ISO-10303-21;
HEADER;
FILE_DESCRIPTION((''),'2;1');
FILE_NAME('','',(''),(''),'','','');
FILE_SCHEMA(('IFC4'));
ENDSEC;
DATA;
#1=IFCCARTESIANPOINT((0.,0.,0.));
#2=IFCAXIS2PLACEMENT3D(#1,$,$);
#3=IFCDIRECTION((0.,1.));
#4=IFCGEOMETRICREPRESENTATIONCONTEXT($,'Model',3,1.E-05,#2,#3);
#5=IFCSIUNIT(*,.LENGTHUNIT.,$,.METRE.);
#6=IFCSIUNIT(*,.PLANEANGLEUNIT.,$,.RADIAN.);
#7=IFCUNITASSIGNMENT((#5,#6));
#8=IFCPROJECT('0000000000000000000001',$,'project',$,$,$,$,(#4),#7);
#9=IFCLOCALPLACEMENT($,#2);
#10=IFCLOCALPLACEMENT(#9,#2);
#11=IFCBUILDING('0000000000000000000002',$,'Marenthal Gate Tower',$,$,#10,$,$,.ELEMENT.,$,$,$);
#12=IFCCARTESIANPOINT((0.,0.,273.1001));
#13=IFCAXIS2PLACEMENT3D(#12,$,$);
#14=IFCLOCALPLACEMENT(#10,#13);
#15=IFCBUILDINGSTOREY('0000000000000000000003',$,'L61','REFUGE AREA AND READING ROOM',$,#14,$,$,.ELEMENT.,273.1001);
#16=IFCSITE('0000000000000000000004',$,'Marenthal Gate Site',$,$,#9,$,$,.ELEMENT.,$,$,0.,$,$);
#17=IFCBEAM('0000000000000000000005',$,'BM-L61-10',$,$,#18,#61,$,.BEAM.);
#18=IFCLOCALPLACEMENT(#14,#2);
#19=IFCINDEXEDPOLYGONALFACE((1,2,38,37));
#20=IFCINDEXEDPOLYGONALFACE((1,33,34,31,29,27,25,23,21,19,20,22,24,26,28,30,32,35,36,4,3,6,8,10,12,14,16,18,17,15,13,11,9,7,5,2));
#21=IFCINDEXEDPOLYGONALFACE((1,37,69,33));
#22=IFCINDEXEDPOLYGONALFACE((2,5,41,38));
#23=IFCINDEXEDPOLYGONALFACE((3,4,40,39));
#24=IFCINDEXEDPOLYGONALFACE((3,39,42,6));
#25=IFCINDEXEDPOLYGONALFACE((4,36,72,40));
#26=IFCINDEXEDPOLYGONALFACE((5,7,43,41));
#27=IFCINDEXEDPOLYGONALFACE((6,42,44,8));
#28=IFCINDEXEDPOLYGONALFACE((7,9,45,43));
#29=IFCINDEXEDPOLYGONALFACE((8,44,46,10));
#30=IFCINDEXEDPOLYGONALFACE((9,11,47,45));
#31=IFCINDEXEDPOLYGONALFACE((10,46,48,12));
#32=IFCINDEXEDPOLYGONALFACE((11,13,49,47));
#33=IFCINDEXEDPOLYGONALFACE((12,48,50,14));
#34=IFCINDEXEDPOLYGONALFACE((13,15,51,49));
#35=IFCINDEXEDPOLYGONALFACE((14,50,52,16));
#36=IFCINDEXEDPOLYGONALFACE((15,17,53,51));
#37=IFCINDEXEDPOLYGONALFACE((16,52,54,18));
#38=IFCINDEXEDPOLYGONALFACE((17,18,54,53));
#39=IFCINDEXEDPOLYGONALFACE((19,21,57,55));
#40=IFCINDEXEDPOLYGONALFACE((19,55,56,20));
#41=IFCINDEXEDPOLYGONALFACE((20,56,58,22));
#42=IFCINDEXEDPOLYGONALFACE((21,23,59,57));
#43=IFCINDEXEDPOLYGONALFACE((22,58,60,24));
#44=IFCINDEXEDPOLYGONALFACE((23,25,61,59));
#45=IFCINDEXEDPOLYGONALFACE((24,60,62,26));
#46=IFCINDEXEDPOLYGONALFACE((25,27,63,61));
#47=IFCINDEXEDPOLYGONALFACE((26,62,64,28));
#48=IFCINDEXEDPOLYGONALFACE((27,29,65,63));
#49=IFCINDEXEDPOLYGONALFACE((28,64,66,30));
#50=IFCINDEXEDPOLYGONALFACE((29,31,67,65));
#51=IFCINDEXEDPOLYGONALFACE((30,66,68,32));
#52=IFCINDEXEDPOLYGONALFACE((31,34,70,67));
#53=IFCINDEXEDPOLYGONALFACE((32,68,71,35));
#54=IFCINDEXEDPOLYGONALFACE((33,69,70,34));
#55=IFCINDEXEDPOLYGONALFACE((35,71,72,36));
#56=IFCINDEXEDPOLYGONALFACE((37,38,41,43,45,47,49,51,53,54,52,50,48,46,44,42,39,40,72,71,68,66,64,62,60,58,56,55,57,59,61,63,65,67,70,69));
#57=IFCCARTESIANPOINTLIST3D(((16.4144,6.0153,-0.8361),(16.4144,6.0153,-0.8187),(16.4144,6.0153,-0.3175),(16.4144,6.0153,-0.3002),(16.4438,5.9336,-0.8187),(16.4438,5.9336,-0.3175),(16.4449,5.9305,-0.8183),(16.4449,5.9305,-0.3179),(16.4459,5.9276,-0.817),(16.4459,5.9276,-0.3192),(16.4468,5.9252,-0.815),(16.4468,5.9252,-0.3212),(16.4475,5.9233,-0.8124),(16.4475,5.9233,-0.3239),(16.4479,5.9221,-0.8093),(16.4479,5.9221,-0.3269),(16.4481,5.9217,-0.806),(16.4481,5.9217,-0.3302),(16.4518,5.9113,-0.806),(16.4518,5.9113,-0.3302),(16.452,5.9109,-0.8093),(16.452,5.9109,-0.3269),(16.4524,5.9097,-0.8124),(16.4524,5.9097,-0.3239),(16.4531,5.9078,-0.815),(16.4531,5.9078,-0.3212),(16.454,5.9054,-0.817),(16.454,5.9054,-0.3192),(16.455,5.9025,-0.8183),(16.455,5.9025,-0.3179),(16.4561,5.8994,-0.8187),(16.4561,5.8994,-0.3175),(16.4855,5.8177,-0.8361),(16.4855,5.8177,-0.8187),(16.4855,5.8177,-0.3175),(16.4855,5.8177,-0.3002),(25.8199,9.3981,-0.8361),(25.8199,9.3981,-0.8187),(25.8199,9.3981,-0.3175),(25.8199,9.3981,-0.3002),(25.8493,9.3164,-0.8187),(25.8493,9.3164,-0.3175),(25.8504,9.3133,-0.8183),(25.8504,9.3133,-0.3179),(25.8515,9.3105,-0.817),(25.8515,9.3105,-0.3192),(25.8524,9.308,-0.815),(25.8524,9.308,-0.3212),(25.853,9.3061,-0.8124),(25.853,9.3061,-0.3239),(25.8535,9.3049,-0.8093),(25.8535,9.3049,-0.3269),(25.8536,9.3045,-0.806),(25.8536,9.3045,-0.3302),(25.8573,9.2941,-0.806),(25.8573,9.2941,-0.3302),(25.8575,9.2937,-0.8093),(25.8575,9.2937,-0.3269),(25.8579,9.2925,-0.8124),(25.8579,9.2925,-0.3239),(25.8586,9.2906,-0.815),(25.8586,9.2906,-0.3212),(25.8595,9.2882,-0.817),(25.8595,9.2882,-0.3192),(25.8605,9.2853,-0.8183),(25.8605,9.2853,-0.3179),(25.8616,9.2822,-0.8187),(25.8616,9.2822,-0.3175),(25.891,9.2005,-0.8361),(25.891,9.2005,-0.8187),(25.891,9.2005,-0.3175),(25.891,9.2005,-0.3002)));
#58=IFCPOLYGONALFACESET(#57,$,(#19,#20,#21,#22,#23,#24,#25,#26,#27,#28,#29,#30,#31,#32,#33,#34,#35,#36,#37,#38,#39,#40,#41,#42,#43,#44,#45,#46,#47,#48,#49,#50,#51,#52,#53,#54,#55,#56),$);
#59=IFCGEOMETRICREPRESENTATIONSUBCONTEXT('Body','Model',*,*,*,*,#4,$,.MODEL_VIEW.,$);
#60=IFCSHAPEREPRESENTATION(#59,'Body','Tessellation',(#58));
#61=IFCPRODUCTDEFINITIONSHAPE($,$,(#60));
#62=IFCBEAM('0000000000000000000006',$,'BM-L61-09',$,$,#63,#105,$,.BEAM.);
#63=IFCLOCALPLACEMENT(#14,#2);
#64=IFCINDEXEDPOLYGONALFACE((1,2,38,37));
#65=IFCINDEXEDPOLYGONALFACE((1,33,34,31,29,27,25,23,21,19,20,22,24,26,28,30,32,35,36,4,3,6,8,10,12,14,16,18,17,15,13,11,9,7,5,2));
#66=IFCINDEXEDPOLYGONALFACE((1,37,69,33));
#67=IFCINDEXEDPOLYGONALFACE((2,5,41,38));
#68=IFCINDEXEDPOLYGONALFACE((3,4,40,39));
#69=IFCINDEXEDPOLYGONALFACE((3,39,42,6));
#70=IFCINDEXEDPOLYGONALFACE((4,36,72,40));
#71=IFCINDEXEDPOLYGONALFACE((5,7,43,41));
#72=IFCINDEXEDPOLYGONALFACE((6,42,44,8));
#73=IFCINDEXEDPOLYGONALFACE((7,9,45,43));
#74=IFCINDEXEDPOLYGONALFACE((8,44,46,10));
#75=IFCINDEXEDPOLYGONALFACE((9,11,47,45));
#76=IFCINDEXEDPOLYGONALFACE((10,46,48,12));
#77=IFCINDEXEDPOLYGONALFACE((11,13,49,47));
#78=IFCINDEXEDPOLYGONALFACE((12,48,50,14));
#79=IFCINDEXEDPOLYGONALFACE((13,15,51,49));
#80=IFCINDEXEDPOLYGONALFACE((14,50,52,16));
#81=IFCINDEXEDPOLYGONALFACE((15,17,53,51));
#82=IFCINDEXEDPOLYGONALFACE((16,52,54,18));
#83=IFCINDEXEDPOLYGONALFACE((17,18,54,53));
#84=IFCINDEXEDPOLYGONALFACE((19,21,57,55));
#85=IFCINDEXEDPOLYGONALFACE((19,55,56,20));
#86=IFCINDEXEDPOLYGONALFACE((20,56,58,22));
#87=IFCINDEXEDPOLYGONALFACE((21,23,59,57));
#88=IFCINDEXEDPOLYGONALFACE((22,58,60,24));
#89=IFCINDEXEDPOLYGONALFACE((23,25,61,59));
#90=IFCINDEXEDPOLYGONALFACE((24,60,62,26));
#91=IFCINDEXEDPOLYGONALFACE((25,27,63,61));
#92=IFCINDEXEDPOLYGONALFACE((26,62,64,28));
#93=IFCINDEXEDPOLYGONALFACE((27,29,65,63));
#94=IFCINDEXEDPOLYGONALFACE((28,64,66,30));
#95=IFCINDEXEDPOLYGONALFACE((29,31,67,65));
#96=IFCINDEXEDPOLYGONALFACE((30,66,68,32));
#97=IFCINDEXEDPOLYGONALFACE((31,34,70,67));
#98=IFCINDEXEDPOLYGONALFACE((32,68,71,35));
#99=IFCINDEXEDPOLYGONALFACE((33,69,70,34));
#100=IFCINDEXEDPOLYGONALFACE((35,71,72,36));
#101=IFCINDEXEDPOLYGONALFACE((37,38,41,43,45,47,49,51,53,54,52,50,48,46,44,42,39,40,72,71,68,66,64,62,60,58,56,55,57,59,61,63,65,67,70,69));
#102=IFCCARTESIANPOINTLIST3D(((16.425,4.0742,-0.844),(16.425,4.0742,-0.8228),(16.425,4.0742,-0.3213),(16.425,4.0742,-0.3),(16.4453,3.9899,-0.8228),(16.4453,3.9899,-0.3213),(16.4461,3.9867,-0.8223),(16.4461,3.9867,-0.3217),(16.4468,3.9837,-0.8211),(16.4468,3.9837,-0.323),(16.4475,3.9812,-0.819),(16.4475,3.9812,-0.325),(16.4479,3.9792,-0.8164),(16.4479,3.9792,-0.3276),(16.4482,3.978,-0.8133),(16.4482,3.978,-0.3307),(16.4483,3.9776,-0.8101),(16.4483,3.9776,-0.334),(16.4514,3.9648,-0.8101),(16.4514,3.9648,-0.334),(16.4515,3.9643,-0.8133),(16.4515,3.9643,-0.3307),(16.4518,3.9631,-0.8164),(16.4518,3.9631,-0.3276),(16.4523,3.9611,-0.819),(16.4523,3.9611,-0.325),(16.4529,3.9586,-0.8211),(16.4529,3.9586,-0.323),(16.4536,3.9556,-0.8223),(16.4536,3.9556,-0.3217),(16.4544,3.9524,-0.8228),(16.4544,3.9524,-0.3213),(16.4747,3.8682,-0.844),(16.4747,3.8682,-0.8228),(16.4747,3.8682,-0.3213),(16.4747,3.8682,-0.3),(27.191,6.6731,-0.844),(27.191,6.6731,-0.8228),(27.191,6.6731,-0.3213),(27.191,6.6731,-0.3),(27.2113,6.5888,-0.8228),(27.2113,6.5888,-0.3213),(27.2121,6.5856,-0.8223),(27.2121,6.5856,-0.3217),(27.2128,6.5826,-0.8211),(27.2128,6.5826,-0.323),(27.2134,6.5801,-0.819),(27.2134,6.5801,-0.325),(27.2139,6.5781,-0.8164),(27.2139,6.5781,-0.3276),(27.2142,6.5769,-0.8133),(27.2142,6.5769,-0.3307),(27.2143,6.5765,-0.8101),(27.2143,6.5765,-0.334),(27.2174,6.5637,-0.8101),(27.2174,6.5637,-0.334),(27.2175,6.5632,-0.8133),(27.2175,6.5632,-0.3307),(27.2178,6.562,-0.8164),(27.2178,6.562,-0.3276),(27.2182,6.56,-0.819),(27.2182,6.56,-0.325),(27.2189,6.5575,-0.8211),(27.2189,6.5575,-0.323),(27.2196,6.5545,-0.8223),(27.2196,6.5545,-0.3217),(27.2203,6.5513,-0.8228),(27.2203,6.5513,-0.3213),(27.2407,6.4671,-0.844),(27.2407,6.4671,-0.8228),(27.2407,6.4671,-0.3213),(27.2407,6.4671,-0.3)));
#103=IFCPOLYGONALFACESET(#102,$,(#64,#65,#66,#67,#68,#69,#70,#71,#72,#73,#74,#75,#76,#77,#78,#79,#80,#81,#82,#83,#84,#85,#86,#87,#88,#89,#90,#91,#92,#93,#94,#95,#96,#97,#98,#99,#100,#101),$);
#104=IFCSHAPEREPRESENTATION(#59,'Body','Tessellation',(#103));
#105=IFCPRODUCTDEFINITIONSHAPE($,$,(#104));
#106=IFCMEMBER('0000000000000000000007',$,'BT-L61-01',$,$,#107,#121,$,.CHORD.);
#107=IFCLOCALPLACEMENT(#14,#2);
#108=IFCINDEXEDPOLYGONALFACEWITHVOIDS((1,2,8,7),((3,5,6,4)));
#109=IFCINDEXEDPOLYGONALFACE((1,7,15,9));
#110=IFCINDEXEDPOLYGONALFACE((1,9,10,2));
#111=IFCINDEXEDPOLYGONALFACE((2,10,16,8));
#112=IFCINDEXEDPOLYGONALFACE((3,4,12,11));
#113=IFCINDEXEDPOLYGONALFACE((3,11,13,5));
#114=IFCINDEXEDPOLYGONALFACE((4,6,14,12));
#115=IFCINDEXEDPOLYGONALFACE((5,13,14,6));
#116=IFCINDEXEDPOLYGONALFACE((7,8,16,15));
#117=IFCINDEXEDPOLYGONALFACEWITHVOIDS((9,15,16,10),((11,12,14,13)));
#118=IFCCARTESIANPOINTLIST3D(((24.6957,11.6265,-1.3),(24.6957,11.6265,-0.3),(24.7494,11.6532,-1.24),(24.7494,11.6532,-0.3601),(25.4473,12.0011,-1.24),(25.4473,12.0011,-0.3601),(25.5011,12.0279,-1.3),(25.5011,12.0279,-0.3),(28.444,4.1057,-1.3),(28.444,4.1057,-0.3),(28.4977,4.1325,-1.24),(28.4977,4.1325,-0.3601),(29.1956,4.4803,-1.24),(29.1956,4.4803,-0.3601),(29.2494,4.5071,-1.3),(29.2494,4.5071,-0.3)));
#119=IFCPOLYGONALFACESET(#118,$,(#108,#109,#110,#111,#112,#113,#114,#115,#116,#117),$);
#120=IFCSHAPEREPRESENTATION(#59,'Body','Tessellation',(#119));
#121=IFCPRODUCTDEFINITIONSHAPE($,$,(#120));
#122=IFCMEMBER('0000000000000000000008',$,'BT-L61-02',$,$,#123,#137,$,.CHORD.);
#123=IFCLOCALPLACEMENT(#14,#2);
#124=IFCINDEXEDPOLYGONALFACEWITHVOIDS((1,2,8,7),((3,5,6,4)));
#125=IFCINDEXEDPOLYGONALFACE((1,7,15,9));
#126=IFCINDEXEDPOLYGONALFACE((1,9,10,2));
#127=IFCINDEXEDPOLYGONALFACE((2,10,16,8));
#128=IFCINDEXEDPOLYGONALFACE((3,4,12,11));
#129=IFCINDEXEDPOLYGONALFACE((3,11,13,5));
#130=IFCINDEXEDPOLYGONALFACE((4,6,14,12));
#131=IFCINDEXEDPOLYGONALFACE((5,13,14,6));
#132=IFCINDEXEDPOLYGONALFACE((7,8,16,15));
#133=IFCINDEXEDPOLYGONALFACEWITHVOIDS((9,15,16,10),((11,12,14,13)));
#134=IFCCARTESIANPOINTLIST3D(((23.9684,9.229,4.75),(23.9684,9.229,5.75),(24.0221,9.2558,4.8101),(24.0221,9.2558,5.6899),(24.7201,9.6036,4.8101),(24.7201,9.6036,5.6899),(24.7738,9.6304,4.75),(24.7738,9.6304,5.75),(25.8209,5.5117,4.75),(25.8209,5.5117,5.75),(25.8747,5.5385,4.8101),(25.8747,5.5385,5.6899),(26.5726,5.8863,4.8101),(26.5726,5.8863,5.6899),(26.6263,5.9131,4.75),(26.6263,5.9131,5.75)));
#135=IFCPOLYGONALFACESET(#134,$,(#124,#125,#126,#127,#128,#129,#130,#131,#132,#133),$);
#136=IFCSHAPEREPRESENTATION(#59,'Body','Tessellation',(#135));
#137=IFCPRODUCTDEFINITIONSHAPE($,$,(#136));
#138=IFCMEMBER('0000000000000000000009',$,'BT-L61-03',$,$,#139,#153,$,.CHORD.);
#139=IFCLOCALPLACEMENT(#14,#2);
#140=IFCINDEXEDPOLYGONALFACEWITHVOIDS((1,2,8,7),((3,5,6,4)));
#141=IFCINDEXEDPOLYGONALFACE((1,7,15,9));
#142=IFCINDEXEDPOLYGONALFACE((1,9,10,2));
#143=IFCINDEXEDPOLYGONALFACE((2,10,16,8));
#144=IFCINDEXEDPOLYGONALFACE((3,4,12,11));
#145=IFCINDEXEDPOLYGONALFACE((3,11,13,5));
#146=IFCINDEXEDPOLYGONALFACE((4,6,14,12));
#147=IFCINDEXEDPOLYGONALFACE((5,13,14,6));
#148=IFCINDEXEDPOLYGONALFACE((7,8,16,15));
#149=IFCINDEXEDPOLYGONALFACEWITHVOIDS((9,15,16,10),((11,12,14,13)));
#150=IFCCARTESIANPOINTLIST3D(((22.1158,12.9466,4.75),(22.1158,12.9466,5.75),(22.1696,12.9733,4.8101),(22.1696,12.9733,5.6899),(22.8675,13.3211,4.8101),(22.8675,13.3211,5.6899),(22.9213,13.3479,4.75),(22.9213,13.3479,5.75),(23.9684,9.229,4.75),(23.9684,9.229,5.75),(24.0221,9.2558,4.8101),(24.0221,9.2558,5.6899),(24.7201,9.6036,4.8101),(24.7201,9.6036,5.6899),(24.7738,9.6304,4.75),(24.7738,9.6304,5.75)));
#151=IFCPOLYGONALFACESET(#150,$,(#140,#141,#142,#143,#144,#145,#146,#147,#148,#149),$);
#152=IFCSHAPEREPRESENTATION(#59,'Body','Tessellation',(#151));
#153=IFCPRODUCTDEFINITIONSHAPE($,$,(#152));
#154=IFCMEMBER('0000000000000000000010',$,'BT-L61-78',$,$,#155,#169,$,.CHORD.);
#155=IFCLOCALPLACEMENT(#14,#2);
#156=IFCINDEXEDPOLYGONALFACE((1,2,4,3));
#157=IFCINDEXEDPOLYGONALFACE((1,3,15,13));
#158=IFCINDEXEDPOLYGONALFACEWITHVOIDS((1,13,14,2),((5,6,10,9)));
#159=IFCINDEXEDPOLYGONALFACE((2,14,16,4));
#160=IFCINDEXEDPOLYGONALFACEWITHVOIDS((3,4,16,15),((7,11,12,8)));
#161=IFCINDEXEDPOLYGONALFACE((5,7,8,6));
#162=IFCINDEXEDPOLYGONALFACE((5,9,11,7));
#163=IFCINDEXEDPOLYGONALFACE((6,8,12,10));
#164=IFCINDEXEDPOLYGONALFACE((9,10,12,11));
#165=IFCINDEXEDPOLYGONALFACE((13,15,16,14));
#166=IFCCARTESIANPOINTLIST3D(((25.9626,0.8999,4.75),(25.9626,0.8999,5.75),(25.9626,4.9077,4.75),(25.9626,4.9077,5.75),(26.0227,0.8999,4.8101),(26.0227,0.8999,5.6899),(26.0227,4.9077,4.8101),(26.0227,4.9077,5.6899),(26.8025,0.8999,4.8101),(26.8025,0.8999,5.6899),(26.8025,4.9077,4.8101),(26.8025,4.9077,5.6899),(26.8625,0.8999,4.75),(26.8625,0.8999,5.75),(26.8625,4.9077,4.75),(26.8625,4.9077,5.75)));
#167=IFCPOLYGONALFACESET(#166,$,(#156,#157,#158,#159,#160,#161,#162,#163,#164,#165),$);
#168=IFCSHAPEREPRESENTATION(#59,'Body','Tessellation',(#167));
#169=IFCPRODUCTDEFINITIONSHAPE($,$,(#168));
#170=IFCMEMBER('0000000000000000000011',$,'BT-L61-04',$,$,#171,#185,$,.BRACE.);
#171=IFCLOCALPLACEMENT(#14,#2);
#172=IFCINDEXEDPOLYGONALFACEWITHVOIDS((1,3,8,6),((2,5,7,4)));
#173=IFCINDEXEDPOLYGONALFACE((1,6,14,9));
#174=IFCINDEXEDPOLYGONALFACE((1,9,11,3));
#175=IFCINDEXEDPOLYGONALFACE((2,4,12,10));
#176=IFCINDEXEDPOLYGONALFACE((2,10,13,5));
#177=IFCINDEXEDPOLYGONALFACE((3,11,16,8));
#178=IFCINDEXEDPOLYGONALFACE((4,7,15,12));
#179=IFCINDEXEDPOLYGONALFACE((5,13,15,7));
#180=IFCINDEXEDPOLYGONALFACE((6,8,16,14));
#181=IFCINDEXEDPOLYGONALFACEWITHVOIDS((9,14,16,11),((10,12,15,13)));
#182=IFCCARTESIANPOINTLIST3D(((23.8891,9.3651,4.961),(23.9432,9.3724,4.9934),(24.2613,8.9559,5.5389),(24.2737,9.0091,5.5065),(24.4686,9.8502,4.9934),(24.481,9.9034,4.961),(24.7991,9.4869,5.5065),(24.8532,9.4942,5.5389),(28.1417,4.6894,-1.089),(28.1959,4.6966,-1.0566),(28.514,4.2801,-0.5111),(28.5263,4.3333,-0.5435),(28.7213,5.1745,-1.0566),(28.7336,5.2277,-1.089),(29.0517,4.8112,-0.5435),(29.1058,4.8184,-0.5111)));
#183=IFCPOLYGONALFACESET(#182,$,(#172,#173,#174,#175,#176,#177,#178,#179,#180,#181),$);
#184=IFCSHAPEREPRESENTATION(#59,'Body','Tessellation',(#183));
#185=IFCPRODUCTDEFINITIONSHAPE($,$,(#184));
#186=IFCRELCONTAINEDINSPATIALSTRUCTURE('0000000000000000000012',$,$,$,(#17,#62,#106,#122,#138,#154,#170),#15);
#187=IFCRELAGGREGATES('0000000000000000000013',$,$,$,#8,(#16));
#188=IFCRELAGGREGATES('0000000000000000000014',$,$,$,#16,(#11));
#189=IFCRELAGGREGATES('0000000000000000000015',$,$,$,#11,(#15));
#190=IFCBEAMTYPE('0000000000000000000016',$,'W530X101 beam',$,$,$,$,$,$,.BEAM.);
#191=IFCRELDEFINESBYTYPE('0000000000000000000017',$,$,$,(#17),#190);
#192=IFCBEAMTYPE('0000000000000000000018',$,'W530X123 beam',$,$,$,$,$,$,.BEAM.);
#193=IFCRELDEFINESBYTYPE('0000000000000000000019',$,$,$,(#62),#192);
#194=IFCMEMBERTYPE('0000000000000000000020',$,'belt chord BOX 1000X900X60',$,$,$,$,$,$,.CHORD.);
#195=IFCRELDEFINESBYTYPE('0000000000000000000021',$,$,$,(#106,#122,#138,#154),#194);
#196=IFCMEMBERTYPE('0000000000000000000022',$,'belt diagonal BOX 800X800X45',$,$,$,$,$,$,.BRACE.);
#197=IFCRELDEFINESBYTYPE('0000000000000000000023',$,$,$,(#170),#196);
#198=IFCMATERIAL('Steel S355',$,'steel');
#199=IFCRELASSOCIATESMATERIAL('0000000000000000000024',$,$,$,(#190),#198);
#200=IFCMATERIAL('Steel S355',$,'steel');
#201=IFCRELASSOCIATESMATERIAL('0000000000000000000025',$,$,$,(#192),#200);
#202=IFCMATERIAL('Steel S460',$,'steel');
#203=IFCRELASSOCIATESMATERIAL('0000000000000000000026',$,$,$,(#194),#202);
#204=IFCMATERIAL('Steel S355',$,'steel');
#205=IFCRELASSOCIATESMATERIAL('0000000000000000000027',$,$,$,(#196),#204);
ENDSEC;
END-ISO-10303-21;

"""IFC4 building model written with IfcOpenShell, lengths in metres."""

from ifc_helpers import new_model, si_unit, direction, frame, origin, origin_2d, place, context, subcontext, project, spatial, hollow_rectangle, i_section, extrude, material, material_profile, profile_set, type_object, element, save


model = new_model("IFC4")

# Units and contexts
model_context = context("Model", 3, precision=1e-05, world=origin(), true_north=direction((0.0, 1.0)))
body_context = subcontext(model_context, "Body", "Model", "MODEL_VIEW")
ifc_project = project(units=[si_unit("LENGTHUNIT", "METRE"), si_unit("PLANEANGLEUNIT", "RADIAN")], contexts=[model_context])

# Site, building, storey
site_placement = place(None, origin())
site = spatial("IfcSite", under=ifc_project, at=site_placement, Name="Marenthal Gate Site", CompositionType="ELEMENT", RefElevation=0.0)
building_placement = place(site_placement, origin())
building = spatial("IfcBuilding", under=site, at=building_placement, Name="Marenthal Gate Tower", CompositionType="ELEMENT")
storey_placement = place(building_placement, frame((0.0, 0.0, 273.1001)))
storey = spatial("IfcBuildingStorey", under=building, at=storey_placement, Name="L61", Description="REFUGE AREA AND READING ROOM", CompositionType="ELEMENT", Elevation=273.1001)

# Beams
ifc_material_1 = material(Name="Steel S355", Category="steel")
ifc_material_profile_1 = material_profile(ifc_material_1, i_section(OverallWidth=0.21, OverallDepth=0.5359, WebThickness=0.011, FlangeThickness=0.0173, FilletRadius=0.0127, at=origin_2d()), Name="W530X101")
ifc_profile_set_1 = profile_set([ifc_material_profile_1], Name="Steel S355")
beam_type_1 = type_object("IfcBeamType", Name="W530X101 beam", PredefinedType="BEAM", material=ifc_profile_set_1)
beam_1_placement = place(storey_placement, frame((25.8555, 9.2993, -0.5681), z_axis=(-0.940989, -0.338438, 0.0), x_axis=(0.338438, -0.940989, 0.0)))
element("IfcBeam", 1, at=beam_1_placement, inside=storey, type_object=beam_type_1, Name="BM-L61-10", PredefinedType="BEAM", context=body_context, shape_type="SweptSolid", body=[
    extrude(i_section(OverallWidth=0.21, OverallDepth=0.5359, WebThickness=0.011, FlangeThickness=0.0173, FilletRadius=0.0127, at=origin_2d()), origin(), (0.0, 0.0, 1.0), 9.9954),
])
ifc_material_2 = material(Name="Steel S355", Category="steel")
ifc_material_profile_2 = material_profile(ifc_material_2, i_section(OverallWidth=0.2119, OverallDepth=0.5439, WebThickness=0.0132, FlangeThickness=0.0212, FilletRadius=0.0127, at=origin_2d()), Name="W530X123")
ifc_profile_set_2 = profile_set([ifc_material_profile_2], Name="Steel S355")
beam_type_2 = type_object("IfcBeamType", Name="W530X123 beam", PredefinedType="BEAM", material=ifc_profile_set_2)
beam_2_placement = place(storey_placement, frame((27.2158, 6.5701, -0.572), z_axis=(-0.972078, -0.234659, 0.0), x_axis=(0.234659, -0.972078, 0.0)))
element("IfcBeam", 2, at=beam_2_placement, inside=storey, type_object=beam_type_2, Name="BM-L61-09", PredefinedType="BEAM", context=body_context, shape_type="SweptSolid", body=[
    extrude(i_section(OverallWidth=0.2119, OverallDepth=0.5439, WebThickness=0.0132, FlangeThickness=0.0212, FilletRadius=0.0127, at=origin_2d()), origin(), (0.0, 0.0, 1.0), 11.0752),
])

# Members
ifc_material_3 = material(Name="Steel S460", Category="steel")
ifc_material_profile_3 = material_profile(ifc_material_3, hollow_rectangle(XDim=0.8999, YDim=1.0, WallThickness=0.0601, at=origin_2d()), Name="BOX 1000X900X60")
ifc_profile_set_3 = profile_set([ifc_material_profile_3], Name="Steel S460")
member_type_1 = type_object("IfcMemberType", Name="belt chord BOX 1000X900X60", PredefinedType="CHORD", material=ifc_profile_set_3)
member_1_placement = place(storey_placement, frame((28.8467, 4.3064, -0.8), z_axis=(-0.446063, 0.895002, 0.0), x_axis=(-0.895002, -0.446063, 0.0)))
element("IfcMember", 3, at=member_1_placement, inside=storey, type_object=member_type_1, Name="BT-L61-01", PredefinedType="CHORD", context=body_context, shape_type="SweptSolid", body=[
    extrude(hollow_rectangle(XDim=0.8999, YDim=1.0, WallThickness=0.0601, at=origin_2d()), origin(), (0.0, 0.0, 1.0), 8.4031),
])
member_2_placement = place(storey_placement, frame((26.2236, 5.7124, 5.25), z_axis=(-0.446038, 0.895014, 0.0), x_axis=(-0.895014, -0.446038, 0.0)))
element("IfcMember", 4, at=member_2_placement, inside=storey, type_object=member_type_1, Name="BT-L61-02", PredefinedType="CHORD", context=body_context, shape_type="SweptSolid", body=[
    extrude(hollow_rectangle(XDim=0.8999, YDim=1.0, WallThickness=0.0601, at=origin_2d()), origin(), (0.0, 0.0, 1.0), 4.1533),
])
member_3_placement = place(storey_placement, frame((24.3711, 9.4297, 5.25), z_axis=(-0.446014, 0.895026, 0.0), x_axis=(-0.895026, -0.446014, 0.0)))
element("IfcMember", 5, at=member_3_placement, inside=storey, type_object=member_type_1, Name="BT-L61-03", PredefinedType="CHORD", context=body_context, shape_type="SweptSolid", body=[
    extrude(hollow_rectangle(XDim=0.8999, YDim=1.0, WallThickness=0.0601, at=origin_2d()), origin(), (0.0, 0.0, 1.0), 4.1536),
])
member_4_placement = place(storey_placement, frame((26.4126, 0.8999, 5.25), z_axis=(0.0, 1.0, 0.0), x_axis=(-1.0, 0.0, 0.0)))
element("IfcMember", 6, at=member_4_placement, inside=storey, type_object=member_type_1, Name="BT-L61-78", PredefinedType="CHORD", context=body_context, shape_type="SweptSolid", body=[
    extrude(hollow_rectangle(XDim=0.8999, YDim=1.0, WallThickness=0.0601, at=origin_2d()), origin(), (0.0, 0.0, 1.0), 4.0078),
])
ifc_material_4 = material(Name="Steel S355", Category="steel")
ifc_material_profile_4 = material_profile(ifc_material_4, hollow_rectangle(XDim=0.8, YDim=0.8, WallThickness=0.0449, at=origin_2d()), Name="BOX 800X800X45")
ifc_profile_set_4 = profile_set([ifc_material_profile_4], Name="Steel S355")
member_type_2 = type_object("IfcMemberType", Name="belt diagonal BOX 800X800X45", PredefinedType="BRACE", material=ifc_profile_set_4)
member_5_placement = place(storey_placement, frame((28.6238, 4.7539, -0.8), z_axis=(-0.486057, 0.534414, 0.691484), x_axis=(-0.739784, -0.672844, 0.0)))
element("IfcMember", 7, at=member_5_placement, inside=storey, type_object=member_type_2, Name="BT-L61-04", PredefinedType="BRACE", context=body_context, shape_type="SweptSolid", body=[
    extrude(hollow_rectangle(XDim=0.8, YDim=0.8, WallThickness=0.0449, at=origin_2d()), origin(), (0.0, 0.0, 1.0), 8.7493),
])

save(model, "model.ifc")
